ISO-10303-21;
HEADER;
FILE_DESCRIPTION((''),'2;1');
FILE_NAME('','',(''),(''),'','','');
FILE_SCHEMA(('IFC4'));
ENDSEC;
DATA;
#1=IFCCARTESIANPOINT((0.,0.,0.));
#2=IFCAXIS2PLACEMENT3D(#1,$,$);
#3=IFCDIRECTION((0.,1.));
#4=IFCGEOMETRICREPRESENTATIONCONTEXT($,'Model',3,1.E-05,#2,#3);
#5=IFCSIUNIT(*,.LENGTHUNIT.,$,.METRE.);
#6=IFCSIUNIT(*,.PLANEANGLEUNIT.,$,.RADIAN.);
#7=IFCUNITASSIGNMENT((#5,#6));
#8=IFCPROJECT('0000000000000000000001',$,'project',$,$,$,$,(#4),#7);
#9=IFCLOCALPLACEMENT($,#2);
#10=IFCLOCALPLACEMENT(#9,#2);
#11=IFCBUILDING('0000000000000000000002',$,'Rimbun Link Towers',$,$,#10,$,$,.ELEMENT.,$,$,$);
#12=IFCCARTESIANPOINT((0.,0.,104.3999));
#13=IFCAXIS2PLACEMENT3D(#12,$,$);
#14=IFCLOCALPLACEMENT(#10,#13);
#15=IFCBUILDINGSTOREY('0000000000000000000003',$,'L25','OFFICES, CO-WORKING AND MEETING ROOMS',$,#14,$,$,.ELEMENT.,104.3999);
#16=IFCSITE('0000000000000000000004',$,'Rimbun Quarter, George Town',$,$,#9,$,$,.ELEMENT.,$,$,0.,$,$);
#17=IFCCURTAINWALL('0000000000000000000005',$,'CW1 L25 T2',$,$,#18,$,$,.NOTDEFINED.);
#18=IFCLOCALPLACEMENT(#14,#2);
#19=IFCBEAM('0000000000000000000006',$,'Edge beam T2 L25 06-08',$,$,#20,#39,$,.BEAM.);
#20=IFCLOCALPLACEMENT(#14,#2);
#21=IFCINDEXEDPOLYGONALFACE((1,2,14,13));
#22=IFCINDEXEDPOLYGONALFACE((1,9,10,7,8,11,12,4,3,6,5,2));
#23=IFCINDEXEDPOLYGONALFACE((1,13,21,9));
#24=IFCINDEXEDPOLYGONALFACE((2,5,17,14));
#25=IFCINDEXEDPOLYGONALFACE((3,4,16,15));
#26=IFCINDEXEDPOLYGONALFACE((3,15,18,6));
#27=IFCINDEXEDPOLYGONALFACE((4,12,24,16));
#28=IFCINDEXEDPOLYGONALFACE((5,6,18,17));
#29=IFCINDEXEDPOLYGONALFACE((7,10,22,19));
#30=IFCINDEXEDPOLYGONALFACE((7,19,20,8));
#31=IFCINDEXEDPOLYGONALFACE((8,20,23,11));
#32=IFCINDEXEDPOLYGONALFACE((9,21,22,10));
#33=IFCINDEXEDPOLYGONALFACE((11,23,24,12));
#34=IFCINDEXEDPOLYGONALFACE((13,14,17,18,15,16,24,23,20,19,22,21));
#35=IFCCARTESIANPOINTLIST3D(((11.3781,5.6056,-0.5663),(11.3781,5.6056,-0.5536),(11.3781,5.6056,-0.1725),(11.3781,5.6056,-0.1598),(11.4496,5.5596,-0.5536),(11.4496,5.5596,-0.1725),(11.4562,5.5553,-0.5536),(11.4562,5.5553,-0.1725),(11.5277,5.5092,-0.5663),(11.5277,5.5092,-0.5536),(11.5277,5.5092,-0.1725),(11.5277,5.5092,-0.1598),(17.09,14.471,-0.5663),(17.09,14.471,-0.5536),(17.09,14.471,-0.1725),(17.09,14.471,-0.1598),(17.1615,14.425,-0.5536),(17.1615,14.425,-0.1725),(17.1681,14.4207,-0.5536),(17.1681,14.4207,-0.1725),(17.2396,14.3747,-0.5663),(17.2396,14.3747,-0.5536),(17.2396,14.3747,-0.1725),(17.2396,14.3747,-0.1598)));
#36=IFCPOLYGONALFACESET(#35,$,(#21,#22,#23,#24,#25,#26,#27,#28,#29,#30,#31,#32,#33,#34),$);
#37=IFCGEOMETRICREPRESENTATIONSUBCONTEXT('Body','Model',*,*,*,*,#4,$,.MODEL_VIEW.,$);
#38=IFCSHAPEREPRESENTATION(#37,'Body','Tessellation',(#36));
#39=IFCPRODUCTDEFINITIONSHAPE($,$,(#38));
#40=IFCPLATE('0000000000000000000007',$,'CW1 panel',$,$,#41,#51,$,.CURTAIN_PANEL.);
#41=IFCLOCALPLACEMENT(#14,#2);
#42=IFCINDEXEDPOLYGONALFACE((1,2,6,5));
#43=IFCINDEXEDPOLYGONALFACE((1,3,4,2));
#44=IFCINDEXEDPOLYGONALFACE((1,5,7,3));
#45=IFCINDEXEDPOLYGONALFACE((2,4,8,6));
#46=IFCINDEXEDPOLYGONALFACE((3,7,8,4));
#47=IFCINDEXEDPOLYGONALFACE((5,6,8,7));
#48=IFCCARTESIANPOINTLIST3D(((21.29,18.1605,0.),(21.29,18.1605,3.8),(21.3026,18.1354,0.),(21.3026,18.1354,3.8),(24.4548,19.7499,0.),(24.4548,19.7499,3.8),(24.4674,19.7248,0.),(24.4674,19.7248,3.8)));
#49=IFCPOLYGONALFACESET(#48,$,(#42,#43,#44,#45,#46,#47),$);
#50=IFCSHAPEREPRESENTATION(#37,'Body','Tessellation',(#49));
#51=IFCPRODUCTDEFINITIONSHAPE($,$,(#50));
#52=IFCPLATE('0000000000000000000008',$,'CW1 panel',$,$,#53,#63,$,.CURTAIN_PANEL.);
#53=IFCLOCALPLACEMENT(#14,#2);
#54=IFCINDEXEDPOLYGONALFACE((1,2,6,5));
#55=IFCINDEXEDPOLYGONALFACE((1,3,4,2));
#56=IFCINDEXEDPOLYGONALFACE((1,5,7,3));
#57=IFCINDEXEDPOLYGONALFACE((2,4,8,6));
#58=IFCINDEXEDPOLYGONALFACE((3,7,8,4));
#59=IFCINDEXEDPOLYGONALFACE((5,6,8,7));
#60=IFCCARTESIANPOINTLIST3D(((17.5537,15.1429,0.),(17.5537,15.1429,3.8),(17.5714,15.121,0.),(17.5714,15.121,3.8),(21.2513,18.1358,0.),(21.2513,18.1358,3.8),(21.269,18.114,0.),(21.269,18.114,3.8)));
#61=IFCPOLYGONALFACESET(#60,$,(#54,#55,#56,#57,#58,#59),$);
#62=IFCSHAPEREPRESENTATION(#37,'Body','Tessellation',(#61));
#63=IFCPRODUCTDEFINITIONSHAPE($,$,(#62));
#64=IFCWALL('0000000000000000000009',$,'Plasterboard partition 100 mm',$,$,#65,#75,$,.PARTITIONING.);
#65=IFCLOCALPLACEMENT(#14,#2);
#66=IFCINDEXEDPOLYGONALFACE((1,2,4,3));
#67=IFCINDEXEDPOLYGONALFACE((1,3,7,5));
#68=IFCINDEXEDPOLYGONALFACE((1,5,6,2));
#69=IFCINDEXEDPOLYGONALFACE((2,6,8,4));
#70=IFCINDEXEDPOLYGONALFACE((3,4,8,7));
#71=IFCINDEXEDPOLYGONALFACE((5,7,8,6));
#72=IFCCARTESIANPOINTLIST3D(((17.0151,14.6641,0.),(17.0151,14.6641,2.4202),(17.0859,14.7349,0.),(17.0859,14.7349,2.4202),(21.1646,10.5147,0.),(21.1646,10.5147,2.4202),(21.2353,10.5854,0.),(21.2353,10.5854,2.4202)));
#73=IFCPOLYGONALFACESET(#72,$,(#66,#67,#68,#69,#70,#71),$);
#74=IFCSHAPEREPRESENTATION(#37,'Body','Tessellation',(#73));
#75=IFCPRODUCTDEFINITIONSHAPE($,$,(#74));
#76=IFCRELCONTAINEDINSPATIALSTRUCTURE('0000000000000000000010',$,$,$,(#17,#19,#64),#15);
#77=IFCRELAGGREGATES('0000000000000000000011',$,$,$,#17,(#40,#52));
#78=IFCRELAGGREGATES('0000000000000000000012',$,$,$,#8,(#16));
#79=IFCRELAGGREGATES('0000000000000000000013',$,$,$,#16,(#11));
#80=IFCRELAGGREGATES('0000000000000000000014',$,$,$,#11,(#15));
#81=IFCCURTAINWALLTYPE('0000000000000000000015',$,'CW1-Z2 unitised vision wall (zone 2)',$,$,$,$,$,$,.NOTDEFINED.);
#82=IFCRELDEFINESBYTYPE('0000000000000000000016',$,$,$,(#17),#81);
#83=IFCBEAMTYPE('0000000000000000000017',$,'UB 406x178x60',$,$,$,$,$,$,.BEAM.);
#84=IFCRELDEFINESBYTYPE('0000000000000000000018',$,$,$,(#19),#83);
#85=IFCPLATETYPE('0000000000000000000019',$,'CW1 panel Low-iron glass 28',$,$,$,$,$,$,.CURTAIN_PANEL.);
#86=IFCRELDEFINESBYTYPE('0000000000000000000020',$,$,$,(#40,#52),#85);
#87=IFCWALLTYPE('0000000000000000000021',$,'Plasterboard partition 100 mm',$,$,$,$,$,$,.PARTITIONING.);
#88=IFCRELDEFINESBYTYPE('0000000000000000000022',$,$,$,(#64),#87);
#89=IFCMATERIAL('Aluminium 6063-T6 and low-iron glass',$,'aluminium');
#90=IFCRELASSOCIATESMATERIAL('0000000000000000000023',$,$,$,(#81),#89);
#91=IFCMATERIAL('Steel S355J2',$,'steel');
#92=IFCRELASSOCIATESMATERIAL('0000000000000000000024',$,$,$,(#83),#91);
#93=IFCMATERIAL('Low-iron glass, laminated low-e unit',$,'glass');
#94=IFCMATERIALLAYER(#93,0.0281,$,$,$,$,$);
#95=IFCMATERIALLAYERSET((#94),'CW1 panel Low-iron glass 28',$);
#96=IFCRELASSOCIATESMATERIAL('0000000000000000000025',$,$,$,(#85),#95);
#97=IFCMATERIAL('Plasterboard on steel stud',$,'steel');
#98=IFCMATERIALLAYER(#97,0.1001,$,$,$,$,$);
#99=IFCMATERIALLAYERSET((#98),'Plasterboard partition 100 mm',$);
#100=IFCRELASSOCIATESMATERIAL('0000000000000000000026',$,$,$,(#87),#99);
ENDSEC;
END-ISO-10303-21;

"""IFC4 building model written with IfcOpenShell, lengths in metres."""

from ifc_helpers import new_model, si_unit, direction, frame, frame_2d, origin, origin_2d, place, context, subcontext, project, spatial, rectangle, i_section, extrude, material, layer, layer_set, material_profile, profile_set, type_object, element, aggregate, save


model = new_model("IFC4")

# Units and contexts
model_context = context("Model", 3, precision=1e-05, world=origin(), true_north=direction((0.0, 1.0)))
body_context = subcontext(model_context, "Body", "Model", "MODEL_VIEW")
ifc_project = project(units=[si_unit("LENGTHUNIT", "METRE"), si_unit("PLANEANGLEUNIT", "RADIAN")], contexts=[model_context])

# Site, building, storey
site_placement = place(None, origin())
site = spatial("IfcSite", under=ifc_project, at=site_placement, Name="Rimbun Quarter, George Town", CompositionType="ELEMENT", RefElevation=0.0)
building_placement = place(site_placement, origin())
building = spatial("IfcBuilding", under=site, at=building_placement, Name="Rimbun Link Towers", CompositionType="ELEMENT")
storey_placement = place(building_placement, frame((0.0, 0.0, 104.3999)))
storey = spatial("IfcBuildingStorey", under=building, at=storey_placement, Name="L25", Description="OFFICES, CO-WORKING AND MEETING ROOMS", CompositionType="ELEMENT", Elevation=104.3999)

# Curtain wall
ifc_material_1 = material(Name="Aluminium 6063-T6 and low-iron glass", Category="aluminium")
curtain_wall_type = type_object("IfcCurtainWallType", Name="CW1-Z2 unitised vision wall (zone 2)", PredefinedType="NOTDEFINED", material=ifc_material_1)
curtain_wall_placement = place(storey_placement, origin())
curtain_wall = element("IfcCurtainWall", 1, at=curtain_wall_placement, inside=storey, type_object=curtain_wall_type, Name="CW1 L25 T2", PredefinedType="NOTDEFINED")

# Beam
ifc_material_2 = material(Name="Steel S355J2", Category="steel")
ifc_material_profile_1 = material_profile(ifc_material_2, i_section(OverallWidth=0.178, OverallDepth=0.4065, WebThickness=0.0078, FlangeThickness=0.0127, at=origin_2d()), Name="UB 406x178x60")
ifc_profile_set_1 = profile_set([ifc_material_profile_1], Name="Steel S355J2")
beam_type_1 = type_object("IfcBeamType", Name="UB 406x178x60", PredefinedType="BEAM", material=ifc_profile_set_1)
beam_placement = place(storey_placement, frame((17.1648, 14.4229, -0.363), z_axis=(-0.541608, -0.840631, 0.0), x_axis=(0.840631, -0.541608, 0.0)))
element("IfcBeam", 2, at=beam_placement, inside=storey, type_object=beam_type_1, Name="Edge beam T2 L25 06-08", PredefinedType="BEAM", context=body_context, shape_type="SweptSolid", body=[
    extrude(i_section(OverallWidth=0.178, OverallDepth=0.4065, WebThickness=0.0078, FlangeThickness=0.0127, at=origin_2d()), origin(), (0.0, 0.0, 1.0), 10.5461),
])

# Plates
ifc_material_3 = material(Name="Low-iron glass, laminated low-e unit", Category="glass")
ifc_layer_1 = layer(ifc_material_3, 0.0281)
ifc_layer_set_1 = layer_set([ifc_layer_1], Name="CW1 panel Low-iron glass 28")
plate_type = type_object("IfcPlateType", Name="CW1 panel Low-iron glass 28", PredefinedType="CURTAIN_PANEL", material=ifc_layer_set_1)
plate_1_placement = place(storey_placement, frame((22.8787, 18.9426, 0.0), z_axis=(0.0, 0.0, 1.0), x_axis=(0.893638, 0.448789, 0.0)))
plate_1 = element("IfcPlate", 3, at=plate_1_placement, type_object=plate_type, Name="CW1 panel", PredefinedType="CURTAIN_PANEL", context=body_context, shape_type="SweptSolid", body=[
    extrude(rectangle(XDim=3.5415, YDim=0.0281, at=origin_2d()), origin(), (0.0, 0.0, 1.0), 3.8),
])
plate_2_placement = place(storey_placement, frame((19.4114, 16.6284, 0.0), z_axis=(0.0, 0.0, 1.0), x_axis=(0.777283, 0.629151, 0.0)))
plate_2 = element("IfcPlate", 4, at=plate_2_placement, type_object=plate_type, Name="CW1 panel", PredefinedType="CURTAIN_PANEL", context=body_context, shape_type="SweptSolid", body=[
    extrude(rectangle(XDim=4.7571, YDim=0.0281, at=origin_2d()), origin(), (0.0, 0.0, 1.0), 3.8),
])
aggregate(curtain_wall, [plate_1, plate_2])

# Wall
ifc_material_4 = material(Name="Plasterboard on steel stud", Category="steel")
ifc_layer_2 = layer(ifc_material_4, 0.1001)
ifc_layer_set_2 = layer_set([ifc_layer_2], Name="Plasterboard partition 100 mm")
wall_type = type_object("IfcWallType", Name="Plasterboard partition 100 mm", PredefinedType="PARTITIONING", material=ifc_layer_set_2)
wall_placement = place(storey_placement, frame((17.0505, 14.6995, 0.0), z_axis=(0.0, 0.0, 1.0), x_axis=(0.707107, -0.707107, 0.0)))
element("IfcWall", 5, at=wall_placement, inside=storey, type_object=wall_type, Name="Plasterboard partition 100 mm", PredefinedType="PARTITIONING", context=body_context, shape_type="SweptSolid", body=[
    extrude(rectangle(XDim=5.8682, YDim=0.1001, at=frame_2d((2.9341, 0.0))), origin(), (0.0, 0.0, 1.0), 2.4202),
])

save(model, "model.ifc")
